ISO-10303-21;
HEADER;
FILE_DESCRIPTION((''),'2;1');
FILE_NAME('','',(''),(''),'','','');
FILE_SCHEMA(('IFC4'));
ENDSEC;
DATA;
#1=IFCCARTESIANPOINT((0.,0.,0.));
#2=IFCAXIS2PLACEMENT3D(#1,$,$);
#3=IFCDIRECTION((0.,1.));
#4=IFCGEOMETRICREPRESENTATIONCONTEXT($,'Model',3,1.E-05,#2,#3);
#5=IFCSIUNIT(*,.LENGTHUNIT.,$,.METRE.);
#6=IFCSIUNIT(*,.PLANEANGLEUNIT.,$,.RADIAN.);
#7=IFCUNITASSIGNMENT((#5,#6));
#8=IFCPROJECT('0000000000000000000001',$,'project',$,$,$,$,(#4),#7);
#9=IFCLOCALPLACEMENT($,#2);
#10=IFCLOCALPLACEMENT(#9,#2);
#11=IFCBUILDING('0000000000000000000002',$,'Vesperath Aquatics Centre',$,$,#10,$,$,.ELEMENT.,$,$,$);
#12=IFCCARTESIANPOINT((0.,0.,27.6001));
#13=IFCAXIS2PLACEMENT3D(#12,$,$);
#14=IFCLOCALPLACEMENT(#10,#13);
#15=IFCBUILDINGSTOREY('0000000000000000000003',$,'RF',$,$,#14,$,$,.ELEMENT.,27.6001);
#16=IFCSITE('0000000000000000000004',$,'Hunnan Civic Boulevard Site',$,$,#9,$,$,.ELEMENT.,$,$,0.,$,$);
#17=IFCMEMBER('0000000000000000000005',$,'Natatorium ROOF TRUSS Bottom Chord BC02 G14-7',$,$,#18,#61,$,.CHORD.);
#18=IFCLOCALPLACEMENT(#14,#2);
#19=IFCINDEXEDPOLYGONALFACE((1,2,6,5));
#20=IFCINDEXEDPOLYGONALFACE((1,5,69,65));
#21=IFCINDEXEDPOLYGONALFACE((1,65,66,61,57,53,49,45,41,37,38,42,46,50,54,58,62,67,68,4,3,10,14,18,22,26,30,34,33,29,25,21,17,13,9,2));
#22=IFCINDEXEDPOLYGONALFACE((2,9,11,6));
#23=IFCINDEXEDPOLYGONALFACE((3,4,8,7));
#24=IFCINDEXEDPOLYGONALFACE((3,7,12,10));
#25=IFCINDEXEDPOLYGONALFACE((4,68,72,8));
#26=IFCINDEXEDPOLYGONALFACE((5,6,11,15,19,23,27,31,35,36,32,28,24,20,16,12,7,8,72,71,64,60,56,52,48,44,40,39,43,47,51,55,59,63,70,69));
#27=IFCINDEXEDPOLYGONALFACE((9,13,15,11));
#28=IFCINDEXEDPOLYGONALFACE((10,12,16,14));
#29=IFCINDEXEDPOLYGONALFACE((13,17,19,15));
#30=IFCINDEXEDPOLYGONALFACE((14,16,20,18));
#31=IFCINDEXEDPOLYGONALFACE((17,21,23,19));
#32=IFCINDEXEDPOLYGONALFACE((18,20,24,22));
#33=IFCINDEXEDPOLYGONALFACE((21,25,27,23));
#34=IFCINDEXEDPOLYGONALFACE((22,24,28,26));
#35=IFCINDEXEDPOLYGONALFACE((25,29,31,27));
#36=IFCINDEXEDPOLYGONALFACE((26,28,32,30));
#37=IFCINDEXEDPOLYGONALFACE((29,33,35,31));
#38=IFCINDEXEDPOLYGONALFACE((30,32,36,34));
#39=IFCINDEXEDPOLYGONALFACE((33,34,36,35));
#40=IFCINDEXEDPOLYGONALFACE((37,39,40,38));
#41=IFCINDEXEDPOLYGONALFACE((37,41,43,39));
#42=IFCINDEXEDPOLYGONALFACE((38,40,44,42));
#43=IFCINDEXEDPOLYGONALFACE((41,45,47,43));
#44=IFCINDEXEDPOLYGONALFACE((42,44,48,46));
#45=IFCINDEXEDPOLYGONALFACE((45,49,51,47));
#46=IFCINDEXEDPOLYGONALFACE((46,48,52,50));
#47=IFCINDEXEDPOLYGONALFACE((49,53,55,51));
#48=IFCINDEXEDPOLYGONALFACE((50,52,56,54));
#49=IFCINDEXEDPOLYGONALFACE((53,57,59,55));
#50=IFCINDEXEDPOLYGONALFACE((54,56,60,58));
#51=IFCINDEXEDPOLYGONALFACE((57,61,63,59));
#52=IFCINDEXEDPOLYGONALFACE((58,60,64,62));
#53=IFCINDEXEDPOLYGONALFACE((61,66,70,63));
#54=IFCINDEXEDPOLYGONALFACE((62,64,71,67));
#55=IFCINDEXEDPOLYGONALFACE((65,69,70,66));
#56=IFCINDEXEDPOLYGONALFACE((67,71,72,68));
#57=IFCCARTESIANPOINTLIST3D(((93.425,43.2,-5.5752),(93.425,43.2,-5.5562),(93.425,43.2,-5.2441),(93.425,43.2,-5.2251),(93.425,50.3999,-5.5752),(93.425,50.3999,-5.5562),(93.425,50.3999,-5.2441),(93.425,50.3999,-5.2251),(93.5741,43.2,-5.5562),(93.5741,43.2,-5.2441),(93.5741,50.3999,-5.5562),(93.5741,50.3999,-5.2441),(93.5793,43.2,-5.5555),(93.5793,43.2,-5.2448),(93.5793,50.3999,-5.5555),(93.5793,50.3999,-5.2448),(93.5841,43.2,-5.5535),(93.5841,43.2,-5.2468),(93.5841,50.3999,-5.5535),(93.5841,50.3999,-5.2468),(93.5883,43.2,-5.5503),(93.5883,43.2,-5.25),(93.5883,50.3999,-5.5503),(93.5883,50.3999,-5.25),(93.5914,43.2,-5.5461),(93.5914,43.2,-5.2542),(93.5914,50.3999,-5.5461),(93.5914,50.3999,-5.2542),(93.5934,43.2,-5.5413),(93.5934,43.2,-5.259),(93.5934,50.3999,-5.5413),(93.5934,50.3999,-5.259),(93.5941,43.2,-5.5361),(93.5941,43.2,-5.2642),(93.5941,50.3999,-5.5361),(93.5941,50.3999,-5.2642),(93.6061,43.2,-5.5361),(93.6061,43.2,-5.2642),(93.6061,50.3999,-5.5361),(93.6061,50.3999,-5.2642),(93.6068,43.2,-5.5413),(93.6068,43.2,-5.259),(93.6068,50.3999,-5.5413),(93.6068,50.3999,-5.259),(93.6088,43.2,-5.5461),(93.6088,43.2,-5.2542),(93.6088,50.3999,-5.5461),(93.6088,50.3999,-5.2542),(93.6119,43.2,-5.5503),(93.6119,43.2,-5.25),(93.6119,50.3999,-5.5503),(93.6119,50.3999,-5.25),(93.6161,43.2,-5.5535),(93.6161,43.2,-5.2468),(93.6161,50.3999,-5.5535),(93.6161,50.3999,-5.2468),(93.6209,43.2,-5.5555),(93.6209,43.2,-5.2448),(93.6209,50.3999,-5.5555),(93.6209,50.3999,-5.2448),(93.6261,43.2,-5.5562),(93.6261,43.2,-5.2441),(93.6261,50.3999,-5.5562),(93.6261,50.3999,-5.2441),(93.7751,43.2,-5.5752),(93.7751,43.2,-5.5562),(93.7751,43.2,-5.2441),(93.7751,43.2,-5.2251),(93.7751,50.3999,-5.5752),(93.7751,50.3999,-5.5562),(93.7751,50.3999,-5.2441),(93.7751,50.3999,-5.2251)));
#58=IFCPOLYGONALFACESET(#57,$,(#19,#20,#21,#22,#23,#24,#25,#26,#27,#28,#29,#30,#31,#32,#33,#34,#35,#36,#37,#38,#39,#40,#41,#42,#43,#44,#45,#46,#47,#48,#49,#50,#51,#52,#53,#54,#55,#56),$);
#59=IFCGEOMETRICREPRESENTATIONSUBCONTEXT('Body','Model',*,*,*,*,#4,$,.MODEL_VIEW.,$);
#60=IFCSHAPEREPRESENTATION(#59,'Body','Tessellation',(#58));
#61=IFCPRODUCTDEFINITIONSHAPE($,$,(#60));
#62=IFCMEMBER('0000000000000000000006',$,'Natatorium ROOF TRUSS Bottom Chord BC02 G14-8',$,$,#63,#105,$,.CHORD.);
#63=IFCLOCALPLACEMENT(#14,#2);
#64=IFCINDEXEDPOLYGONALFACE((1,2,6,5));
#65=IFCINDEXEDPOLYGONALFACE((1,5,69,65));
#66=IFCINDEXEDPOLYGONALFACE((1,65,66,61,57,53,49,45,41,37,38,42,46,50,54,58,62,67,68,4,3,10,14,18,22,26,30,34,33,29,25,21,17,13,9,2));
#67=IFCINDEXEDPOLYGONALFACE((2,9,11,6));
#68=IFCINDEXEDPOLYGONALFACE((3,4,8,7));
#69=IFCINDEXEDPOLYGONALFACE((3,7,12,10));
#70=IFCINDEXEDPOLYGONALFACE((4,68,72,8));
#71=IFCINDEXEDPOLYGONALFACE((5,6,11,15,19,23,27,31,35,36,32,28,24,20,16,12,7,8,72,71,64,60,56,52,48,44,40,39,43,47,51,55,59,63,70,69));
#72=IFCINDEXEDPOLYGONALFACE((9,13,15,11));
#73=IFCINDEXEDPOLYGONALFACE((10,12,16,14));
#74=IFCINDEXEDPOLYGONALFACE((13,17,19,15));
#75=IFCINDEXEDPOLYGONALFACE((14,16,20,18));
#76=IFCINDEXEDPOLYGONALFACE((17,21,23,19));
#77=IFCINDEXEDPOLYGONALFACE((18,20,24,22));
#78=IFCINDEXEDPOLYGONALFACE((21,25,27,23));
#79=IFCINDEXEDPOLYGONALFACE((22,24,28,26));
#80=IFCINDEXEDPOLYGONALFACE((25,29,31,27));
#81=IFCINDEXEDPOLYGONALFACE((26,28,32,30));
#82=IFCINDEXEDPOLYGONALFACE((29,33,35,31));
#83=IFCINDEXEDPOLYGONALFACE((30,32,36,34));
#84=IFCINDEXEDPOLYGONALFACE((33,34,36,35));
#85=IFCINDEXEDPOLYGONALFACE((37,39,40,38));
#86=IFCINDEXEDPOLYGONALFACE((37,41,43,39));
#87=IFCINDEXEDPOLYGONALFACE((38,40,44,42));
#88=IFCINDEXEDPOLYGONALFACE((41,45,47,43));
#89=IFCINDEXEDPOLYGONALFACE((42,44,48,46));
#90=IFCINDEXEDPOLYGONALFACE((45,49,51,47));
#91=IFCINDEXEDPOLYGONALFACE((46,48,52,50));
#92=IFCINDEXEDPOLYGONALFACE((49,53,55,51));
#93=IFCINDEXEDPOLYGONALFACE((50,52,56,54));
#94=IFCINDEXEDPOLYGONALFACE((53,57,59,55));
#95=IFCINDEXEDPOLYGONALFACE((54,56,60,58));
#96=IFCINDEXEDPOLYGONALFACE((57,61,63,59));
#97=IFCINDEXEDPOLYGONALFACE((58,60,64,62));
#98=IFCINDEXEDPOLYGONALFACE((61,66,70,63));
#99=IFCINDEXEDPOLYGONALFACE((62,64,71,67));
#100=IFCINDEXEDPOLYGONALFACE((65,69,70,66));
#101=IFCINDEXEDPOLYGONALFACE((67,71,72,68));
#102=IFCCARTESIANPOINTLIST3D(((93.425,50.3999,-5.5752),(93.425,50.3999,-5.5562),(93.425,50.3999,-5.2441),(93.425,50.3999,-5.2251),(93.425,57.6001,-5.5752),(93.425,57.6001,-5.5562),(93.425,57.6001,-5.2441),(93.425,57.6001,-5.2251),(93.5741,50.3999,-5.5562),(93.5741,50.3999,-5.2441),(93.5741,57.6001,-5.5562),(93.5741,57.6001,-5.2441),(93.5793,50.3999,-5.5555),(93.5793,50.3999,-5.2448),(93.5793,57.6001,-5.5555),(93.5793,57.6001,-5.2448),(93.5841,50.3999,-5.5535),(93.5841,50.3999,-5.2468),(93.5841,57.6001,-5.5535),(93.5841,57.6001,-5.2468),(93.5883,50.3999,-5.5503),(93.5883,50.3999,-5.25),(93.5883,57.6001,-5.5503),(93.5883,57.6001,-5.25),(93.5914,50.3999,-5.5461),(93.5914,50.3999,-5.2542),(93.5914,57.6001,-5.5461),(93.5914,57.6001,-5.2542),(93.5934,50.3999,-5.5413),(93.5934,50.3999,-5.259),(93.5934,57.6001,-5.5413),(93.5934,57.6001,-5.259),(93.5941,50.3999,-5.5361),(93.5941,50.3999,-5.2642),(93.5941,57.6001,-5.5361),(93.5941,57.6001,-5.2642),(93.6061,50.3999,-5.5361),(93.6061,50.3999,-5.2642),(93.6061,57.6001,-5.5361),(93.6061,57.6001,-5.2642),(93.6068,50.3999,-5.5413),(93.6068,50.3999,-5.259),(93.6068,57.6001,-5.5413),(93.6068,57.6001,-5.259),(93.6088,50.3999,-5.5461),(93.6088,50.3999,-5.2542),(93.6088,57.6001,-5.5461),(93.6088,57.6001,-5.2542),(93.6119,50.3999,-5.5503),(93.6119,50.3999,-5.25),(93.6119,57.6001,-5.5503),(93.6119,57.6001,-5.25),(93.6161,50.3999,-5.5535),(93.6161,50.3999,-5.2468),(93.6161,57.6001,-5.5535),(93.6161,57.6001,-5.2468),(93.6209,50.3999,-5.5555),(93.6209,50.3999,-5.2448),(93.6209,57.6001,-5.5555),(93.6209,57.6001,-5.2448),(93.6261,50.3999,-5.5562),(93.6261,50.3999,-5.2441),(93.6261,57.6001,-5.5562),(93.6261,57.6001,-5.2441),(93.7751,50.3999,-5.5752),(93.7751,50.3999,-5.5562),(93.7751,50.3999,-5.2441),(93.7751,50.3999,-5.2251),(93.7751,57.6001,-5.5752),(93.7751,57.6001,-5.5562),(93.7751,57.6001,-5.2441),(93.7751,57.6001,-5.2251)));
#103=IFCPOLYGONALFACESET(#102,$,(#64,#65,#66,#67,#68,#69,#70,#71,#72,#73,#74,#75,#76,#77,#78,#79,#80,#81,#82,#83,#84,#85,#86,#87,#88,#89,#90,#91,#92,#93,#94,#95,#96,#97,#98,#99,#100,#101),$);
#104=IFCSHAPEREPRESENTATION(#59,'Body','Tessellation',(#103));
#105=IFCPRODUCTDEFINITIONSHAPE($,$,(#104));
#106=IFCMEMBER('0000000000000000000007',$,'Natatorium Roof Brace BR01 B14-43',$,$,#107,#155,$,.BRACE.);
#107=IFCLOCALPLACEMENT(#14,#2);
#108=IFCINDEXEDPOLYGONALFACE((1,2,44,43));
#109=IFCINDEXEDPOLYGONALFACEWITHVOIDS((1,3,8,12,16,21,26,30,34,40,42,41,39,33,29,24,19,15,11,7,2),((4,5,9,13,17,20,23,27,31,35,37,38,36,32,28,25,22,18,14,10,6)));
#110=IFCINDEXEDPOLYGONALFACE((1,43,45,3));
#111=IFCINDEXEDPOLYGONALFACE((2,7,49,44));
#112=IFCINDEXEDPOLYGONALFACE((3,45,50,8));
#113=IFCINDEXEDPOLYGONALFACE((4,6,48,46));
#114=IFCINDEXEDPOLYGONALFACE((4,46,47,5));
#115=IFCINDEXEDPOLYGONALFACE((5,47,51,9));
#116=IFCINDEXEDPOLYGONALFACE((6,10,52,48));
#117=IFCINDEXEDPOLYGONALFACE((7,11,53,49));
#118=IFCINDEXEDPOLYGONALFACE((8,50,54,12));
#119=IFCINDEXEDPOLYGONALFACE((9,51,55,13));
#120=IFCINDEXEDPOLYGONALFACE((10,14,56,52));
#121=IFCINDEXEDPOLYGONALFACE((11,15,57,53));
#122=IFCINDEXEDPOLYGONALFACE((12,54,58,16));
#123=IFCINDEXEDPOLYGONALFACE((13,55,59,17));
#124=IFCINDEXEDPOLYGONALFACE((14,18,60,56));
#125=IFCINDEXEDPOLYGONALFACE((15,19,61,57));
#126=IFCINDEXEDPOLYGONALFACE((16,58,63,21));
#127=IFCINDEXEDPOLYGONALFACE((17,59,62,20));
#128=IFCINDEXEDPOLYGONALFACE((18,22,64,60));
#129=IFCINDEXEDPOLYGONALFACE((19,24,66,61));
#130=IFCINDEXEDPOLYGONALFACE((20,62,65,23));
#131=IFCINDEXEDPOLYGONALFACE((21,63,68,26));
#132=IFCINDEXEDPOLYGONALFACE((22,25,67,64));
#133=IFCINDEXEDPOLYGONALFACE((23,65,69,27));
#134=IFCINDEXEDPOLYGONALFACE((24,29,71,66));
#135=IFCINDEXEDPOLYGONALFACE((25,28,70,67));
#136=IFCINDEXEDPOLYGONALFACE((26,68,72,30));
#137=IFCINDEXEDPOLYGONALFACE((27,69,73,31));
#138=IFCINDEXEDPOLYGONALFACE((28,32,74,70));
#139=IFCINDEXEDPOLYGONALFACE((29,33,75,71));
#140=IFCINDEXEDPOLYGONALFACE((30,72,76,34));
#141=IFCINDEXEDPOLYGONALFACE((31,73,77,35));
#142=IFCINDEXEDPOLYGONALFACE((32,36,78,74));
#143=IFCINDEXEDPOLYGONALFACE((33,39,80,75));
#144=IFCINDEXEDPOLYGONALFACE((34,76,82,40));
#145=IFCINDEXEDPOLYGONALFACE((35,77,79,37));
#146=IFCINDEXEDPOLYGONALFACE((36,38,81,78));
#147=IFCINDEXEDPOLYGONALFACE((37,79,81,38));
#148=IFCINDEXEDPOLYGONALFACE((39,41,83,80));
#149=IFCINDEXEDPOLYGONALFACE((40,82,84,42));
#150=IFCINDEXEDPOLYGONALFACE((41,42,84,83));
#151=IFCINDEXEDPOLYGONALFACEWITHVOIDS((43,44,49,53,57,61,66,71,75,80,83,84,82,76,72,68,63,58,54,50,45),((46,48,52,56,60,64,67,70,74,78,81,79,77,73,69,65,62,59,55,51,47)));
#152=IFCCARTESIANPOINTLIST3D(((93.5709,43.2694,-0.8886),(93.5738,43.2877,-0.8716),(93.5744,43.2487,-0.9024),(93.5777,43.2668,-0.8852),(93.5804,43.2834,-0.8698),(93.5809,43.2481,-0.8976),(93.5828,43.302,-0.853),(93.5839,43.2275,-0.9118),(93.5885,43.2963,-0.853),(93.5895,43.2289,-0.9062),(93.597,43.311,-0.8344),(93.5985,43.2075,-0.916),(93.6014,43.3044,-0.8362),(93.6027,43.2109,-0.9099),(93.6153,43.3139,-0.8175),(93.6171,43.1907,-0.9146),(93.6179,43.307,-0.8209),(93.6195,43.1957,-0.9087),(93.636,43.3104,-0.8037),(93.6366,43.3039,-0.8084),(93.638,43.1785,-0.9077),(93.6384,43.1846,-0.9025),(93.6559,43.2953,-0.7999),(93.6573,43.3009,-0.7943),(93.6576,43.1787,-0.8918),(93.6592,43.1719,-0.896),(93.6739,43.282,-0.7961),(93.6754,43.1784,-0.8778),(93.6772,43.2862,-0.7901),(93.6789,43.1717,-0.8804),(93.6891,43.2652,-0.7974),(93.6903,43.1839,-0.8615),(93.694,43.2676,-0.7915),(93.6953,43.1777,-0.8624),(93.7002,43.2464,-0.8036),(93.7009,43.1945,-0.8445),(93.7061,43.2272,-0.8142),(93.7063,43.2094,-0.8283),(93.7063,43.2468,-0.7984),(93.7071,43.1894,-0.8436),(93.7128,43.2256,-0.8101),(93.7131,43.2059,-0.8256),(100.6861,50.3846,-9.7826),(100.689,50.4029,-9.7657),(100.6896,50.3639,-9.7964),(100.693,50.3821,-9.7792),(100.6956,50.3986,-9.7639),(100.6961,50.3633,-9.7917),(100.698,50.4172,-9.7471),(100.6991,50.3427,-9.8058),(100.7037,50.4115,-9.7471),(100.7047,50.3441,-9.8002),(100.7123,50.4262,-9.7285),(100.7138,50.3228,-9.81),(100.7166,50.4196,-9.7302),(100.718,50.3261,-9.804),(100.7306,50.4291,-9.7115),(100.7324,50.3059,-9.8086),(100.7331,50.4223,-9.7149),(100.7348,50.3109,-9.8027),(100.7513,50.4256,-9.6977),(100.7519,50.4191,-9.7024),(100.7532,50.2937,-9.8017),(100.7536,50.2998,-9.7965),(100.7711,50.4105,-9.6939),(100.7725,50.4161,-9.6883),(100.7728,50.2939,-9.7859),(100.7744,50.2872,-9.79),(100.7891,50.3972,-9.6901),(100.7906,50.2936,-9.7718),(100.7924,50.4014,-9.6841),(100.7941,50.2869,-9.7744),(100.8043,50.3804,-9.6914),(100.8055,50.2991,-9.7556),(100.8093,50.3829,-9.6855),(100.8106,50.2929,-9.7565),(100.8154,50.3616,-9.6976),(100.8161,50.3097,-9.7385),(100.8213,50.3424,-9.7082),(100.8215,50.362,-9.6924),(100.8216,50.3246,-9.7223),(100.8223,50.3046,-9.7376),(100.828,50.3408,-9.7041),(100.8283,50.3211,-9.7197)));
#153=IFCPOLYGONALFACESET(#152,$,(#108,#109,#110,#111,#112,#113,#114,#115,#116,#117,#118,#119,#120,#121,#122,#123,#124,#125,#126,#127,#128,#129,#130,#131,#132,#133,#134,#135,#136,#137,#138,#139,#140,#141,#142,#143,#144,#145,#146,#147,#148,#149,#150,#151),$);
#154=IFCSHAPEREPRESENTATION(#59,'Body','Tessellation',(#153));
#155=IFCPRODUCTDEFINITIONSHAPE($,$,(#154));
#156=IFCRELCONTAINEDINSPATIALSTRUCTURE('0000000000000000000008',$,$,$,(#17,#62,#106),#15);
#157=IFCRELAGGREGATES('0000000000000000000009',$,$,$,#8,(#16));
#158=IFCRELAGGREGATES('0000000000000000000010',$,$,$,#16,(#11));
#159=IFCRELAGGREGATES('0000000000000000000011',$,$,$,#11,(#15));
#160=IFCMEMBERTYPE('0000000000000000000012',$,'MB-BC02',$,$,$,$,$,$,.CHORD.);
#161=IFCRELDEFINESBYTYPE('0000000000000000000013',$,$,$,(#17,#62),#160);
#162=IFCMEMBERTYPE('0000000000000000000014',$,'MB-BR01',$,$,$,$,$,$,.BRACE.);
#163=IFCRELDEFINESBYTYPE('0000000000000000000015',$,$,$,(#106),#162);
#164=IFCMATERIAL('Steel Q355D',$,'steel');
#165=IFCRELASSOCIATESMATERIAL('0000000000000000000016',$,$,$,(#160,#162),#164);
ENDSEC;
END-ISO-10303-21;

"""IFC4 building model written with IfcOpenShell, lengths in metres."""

from ifc_helpers import new_model, si_unit, direction, frame, origin, origin_2d, place, context, subcontext, project, spatial, hollow_circle, i_section, extrude, material, material_profile, profile_set, type_object, element, save


model = new_model("IFC4")

# Units and contexts
model_context = context("Model", 3, precision=1e-05, world=origin(), true_north=direction((0.0, 1.0)))
body_context = subcontext(model_context, "Body", "Model", "MODEL_VIEW")
ifc_project = project(units=[si_unit("LENGTHUNIT", "METRE"), si_unit("PLANEANGLEUNIT", "RADIAN")], contexts=[model_context])

# Site, building, storey
site_placement = place(None, origin())
site = spatial("IfcSite", under=ifc_project, at=site_placement, Name="Hunnan Civic Boulevard Site", CompositionType="ELEMENT", RefElevation=0.0)
building_placement = place(site_placement, origin())
building = spatial("IfcBuilding", under=site, at=building_placement, Name="Vesperath Aquatics Centre", CompositionType="ELEMENT")
storey_placement = place(building_placement, frame((0.0, 0.0, 27.6001)))
storey = spatial("IfcBuildingStorey", under=building, at=storey_placement, Name="RF", CompositionType="ELEMENT", Elevation=27.6001)

# Members
ifc_material_1 = material(Name="Steel Q355D", Category="steel")
ifc_material_profile_1 = material_profile(ifc_material_1, i_section(OverallWidth=0.3501, OverallDepth=0.3501, WebThickness=0.012, FlangeThickness=0.019, FilletRadius=0.02, at=origin_2d()), Name="HW 350x350x12x19")
ifc_profile_set_1 = profile_set([ifc_material_profile_1], Name="Steel Q355D")
member_type_1 = type_object("IfcMemberType", Name="MB-BC02", PredefinedType="CHORD", material=ifc_profile_set_1)
member_1_placement = place(storey_placement, frame((93.6001, 43.2, -5.4001), z_axis=(0.0, 1.0, 0.0), x_axis=(-1.0, 0.0, 0.0)))
element("IfcMember", 1, at=member_1_placement, inside=storey, type_object=member_type_1, Name="Natatorium ROOF TRUSS Bottom Chord BC02 G14-7", PredefinedType="CHORD", context=body_context, shape_type="SweptSolid", body=[
    extrude(i_section(OverallWidth=0.3501, OverallDepth=0.3501, WebThickness=0.012, FlangeThickness=0.019, FilletRadius=0.02, at=origin_2d()), origin(), (0.0, 0.0, 1.0), 7.2),
])
member_2_placement = place(storey_placement, frame((93.6001, 50.3999, -5.4001), z_axis=(0.0, 1.0, 0.0), x_axis=(-1.0, 0.0, 0.0)))
element("IfcMember", 2, at=member_2_placement, inside=storey, type_object=member_type_1, Name="Natatorium ROOF TRUSS Bottom Chord BC02 G14-8", PredefinedType="CHORD", context=body_context, shape_type="SweptSolid", body=[
    extrude(i_section(OverallWidth=0.3501, OverallDepth=0.3501, WebThickness=0.012, FlangeThickness=0.019, FilletRadius=0.02, at=origin_2d()), origin(), (0.0, 0.0, 1.0), 7.2002),
])
ifc_material_profile_2 = material_profile(ifc_material_1, hollow_circle(Radius=0.0842, WallThickness=0.0081, at=origin_2d()), Name="CHS 168.3x8")
ifc_profile_set_2 = profile_set([ifc_material_profile_2], Name="Steel Q355D")
member_type_2 = type_object("IfcMemberType", Name="MB-BR01", PredefinedType="BRACE", material=ifc_profile_set_2)
member_3_placement = place(storey_placement, frame((93.6423, 43.2424, -0.853), z_axis=(0.529813, 0.529813, -0.662266), x_axis=(-0.707107, 0.707107, 0.0)))
element("IfcMember", 3, at=member_3_placement, inside=storey, type_object=member_type_2, Name="Natatorium Roof Brace BR01 B14-43", PredefinedType="BRACE", context=body_context, shape_type="SweptSolid", body=[
    extrude(hollow_circle(Radius=0.0842, WallThickness=0.0081, at=origin_2d()), origin(), (0.0, 0.0, 1.0), 13.4297),
])

save(model, "model.ifc")
